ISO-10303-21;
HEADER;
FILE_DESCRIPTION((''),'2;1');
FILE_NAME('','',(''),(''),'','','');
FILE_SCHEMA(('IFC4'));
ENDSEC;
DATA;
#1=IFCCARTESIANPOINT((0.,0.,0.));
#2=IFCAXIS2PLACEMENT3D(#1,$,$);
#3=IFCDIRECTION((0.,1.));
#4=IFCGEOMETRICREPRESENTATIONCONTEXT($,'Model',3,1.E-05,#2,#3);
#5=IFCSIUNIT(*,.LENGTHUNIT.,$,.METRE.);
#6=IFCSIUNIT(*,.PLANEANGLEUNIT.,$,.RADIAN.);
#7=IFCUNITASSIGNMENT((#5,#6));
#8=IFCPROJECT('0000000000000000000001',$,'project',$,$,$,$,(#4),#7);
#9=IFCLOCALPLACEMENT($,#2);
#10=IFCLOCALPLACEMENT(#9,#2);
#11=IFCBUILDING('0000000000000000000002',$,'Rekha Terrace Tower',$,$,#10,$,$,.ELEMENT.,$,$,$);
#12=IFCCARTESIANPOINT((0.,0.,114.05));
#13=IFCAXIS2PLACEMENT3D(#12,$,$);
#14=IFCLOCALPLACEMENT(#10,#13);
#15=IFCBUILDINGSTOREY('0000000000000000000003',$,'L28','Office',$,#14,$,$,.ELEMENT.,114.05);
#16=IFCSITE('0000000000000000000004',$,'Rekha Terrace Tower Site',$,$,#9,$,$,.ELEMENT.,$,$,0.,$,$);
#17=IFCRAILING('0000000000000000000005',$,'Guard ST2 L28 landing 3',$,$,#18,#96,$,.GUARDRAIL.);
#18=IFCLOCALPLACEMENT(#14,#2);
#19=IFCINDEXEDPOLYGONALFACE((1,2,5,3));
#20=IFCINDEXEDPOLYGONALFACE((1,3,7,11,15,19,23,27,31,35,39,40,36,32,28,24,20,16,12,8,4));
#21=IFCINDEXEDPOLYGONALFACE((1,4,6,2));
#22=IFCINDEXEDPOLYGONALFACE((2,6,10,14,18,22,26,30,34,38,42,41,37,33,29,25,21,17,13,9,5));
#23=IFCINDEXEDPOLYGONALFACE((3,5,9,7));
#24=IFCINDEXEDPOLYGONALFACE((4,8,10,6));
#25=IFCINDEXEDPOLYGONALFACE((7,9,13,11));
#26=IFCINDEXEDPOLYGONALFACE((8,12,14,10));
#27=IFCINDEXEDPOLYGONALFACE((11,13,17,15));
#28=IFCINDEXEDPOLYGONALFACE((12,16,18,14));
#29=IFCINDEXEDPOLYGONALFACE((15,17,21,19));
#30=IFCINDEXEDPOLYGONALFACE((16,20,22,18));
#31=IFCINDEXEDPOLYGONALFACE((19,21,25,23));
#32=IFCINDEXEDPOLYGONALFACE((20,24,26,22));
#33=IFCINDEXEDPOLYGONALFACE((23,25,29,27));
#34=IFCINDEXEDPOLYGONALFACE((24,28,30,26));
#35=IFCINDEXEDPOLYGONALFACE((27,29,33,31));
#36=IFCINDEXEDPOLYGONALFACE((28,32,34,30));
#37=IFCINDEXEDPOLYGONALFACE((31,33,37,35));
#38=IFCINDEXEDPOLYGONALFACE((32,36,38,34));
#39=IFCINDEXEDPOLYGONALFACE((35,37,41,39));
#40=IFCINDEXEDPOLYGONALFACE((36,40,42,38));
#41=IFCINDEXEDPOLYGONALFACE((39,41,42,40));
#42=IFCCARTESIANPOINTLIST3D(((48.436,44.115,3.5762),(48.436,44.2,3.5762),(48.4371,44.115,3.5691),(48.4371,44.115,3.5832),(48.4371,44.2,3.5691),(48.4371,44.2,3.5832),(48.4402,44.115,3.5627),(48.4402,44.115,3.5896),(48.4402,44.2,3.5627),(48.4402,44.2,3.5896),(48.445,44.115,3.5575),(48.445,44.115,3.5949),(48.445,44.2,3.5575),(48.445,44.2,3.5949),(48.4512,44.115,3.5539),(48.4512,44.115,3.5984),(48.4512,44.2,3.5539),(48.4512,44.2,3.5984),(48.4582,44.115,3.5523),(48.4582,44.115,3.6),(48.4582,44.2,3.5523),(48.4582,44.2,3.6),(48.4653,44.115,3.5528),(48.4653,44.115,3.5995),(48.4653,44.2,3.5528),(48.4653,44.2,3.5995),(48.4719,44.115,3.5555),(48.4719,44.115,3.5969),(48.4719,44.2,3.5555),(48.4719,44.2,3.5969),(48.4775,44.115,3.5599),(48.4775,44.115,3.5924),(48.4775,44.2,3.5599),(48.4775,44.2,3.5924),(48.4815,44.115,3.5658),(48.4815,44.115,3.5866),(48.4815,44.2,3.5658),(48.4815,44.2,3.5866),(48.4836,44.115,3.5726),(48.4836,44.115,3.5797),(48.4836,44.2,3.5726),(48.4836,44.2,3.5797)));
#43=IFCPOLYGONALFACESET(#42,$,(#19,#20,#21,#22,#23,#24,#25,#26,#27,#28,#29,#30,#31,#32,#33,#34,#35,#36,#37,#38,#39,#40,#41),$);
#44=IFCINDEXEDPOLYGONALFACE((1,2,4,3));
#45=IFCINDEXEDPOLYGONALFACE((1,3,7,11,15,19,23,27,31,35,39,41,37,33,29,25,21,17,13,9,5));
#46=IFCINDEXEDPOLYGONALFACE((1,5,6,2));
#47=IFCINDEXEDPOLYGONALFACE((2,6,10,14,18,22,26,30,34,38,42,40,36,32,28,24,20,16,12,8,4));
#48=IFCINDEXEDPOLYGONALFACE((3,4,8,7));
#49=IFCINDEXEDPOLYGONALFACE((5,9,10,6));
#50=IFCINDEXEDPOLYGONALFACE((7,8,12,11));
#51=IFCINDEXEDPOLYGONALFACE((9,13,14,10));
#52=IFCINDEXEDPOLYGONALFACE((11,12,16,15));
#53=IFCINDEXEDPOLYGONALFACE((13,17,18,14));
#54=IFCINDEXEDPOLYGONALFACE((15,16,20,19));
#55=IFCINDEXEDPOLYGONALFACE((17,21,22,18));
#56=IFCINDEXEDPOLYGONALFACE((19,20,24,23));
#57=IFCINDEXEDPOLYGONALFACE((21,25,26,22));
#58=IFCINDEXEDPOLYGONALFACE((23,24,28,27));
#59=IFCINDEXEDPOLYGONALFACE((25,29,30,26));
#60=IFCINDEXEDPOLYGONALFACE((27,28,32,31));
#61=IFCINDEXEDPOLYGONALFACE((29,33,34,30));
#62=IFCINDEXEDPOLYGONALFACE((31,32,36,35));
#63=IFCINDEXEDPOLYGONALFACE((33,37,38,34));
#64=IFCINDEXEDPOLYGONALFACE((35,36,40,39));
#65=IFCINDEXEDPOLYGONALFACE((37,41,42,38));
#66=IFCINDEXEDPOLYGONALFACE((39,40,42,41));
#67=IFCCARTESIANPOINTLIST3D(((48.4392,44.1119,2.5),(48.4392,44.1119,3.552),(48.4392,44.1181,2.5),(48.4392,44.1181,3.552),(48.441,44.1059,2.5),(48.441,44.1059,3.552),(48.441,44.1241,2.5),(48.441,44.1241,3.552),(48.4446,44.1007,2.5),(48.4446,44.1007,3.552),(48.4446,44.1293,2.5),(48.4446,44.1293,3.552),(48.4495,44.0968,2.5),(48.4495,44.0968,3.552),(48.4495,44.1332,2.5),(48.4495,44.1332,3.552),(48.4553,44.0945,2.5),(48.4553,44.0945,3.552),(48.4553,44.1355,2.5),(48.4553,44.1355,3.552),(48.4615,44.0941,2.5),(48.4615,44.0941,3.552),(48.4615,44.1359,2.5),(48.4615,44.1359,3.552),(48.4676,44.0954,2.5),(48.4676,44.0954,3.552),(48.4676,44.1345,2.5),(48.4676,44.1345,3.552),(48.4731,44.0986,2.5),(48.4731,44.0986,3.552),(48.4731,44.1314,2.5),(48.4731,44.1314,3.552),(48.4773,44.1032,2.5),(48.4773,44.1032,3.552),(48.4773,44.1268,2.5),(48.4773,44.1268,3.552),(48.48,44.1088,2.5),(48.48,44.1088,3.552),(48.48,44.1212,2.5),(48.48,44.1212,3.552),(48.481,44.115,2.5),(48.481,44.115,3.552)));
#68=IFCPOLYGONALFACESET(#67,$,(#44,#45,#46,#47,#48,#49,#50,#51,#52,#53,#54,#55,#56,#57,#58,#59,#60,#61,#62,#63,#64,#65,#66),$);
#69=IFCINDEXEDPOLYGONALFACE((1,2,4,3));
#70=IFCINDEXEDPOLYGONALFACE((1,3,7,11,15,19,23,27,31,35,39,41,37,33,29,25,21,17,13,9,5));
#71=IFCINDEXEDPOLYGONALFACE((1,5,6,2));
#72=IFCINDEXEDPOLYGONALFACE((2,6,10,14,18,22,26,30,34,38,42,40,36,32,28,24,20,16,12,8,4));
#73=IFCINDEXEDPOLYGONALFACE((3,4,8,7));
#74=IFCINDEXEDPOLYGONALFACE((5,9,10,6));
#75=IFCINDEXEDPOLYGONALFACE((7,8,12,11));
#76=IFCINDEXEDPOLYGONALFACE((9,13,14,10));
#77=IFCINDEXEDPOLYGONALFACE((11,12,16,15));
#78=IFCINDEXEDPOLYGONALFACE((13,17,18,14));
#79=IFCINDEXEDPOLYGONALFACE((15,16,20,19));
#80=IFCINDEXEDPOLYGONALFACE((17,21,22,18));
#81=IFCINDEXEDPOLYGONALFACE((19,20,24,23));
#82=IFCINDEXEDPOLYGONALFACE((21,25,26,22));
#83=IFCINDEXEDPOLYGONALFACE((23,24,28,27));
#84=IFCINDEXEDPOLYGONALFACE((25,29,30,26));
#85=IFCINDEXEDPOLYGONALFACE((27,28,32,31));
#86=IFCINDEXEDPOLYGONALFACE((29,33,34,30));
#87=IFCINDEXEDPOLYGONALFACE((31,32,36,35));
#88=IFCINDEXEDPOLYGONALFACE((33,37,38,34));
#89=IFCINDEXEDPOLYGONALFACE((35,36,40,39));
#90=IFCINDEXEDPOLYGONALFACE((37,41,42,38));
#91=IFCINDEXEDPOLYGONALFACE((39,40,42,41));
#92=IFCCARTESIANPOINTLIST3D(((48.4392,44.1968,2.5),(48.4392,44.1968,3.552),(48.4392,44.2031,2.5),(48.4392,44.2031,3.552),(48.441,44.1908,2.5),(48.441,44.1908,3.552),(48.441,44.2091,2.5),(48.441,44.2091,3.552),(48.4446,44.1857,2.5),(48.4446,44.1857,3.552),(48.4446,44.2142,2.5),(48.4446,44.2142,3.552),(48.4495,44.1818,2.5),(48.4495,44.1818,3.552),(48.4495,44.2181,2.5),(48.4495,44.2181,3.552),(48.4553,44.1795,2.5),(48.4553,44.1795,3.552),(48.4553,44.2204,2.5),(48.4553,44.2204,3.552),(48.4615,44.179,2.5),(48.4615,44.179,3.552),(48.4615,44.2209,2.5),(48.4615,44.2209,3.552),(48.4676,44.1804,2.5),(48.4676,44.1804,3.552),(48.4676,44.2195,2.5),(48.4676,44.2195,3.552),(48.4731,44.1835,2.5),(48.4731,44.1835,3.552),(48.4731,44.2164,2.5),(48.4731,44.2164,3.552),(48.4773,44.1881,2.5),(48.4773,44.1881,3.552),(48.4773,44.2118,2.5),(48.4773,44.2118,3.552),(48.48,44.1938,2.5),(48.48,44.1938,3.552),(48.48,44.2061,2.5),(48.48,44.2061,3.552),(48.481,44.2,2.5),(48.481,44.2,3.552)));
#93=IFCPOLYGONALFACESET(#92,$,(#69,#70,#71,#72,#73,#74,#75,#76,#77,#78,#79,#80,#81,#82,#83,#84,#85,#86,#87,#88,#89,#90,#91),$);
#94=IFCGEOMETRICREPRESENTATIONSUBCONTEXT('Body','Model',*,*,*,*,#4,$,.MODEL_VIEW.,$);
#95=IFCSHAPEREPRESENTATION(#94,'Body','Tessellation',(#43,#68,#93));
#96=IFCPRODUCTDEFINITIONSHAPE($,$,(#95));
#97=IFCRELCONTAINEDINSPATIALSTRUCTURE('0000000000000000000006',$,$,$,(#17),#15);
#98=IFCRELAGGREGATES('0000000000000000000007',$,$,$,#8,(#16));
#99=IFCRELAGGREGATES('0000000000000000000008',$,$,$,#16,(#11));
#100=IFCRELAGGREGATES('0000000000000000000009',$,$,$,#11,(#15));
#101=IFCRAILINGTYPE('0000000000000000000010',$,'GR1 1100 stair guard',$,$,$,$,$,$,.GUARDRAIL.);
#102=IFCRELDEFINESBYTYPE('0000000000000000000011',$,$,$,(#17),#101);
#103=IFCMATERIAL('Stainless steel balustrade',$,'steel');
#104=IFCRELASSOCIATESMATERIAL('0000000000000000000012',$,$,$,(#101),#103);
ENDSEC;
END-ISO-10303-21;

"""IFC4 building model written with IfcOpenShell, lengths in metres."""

from ifc_helpers import new_model, si_unit, direction, frame, origin, origin_2d, place, context, subcontext, project, spatial, circle, extrude, material, type_object, element, save


model = new_model("IFC4")

# Units and contexts
model_context = context("Model", 3, precision=1e-05, world=origin(), true_north=direction((0.0, 1.0)))
body_context = subcontext(model_context, "Body", "Model", "MODEL_VIEW")
ifc_project = project(units=[si_unit("LENGTHUNIT", "METRE"), si_unit("PLANEANGLEUNIT", "RADIAN")], contexts=[model_context])

# Site, building, storey
site_placement = place(None, origin())
site = spatial("IfcSite", under=ifc_project, at=site_placement, Name="Rekha Terrace Tower Site", CompositionType="ELEMENT", RefElevation=0.0)
building_placement = place(site_placement, origin())
building = spatial("IfcBuilding", under=site, at=building_placement, Name="Rekha Terrace Tower", CompositionType="ELEMENT")
storey_placement = place(building_placement, frame((0.0, 0.0, 114.05)))
storey = spatial("IfcBuildingStorey", under=building, at=storey_placement, Name="L28", Description="Office", CompositionType="ELEMENT", Elevation=114.05)

# Railing
ifc_material_1 = material(Name="Stainless steel balustrade", Category="steel")
railing_type_1 = type_object("IfcRailingType", Name="GR1 1100 stair guard", PredefinedType="GUARDRAIL", material=ifc_material_1)
railing_1_placement = place(storey_placement, frame((48.46, 44.115, 2.5)))
element("IfcRailing", 1, at=railing_1_placement, inside=storey, type_object=railing_type_1, Name="Guard ST2 L28 landing 3", PredefinedType="GUARDRAIL", context=body_context, shape_type="SweptSolid", body=[
    extrude(circle(Radius=0.0239, at=origin_2d()), frame((0.0, 0.0, 1.0762), z_axis=(0.0, 1.0, 0.0), x_axis=(-1.0, 0.0, 0.0)), (0.0, 0.0, 1.0), 0.085),
    extrude(circle(Radius=0.021, at=origin_2d()), origin(), (0.0, 0.0, 1.0), 1.052),
    extrude(circle(Radius=0.021, at=origin_2d()), frame((0.0, 0.085, 0.0)), (0.0, 0.0, 1.0), 1.052),
])

save(model, "model.ifc")
